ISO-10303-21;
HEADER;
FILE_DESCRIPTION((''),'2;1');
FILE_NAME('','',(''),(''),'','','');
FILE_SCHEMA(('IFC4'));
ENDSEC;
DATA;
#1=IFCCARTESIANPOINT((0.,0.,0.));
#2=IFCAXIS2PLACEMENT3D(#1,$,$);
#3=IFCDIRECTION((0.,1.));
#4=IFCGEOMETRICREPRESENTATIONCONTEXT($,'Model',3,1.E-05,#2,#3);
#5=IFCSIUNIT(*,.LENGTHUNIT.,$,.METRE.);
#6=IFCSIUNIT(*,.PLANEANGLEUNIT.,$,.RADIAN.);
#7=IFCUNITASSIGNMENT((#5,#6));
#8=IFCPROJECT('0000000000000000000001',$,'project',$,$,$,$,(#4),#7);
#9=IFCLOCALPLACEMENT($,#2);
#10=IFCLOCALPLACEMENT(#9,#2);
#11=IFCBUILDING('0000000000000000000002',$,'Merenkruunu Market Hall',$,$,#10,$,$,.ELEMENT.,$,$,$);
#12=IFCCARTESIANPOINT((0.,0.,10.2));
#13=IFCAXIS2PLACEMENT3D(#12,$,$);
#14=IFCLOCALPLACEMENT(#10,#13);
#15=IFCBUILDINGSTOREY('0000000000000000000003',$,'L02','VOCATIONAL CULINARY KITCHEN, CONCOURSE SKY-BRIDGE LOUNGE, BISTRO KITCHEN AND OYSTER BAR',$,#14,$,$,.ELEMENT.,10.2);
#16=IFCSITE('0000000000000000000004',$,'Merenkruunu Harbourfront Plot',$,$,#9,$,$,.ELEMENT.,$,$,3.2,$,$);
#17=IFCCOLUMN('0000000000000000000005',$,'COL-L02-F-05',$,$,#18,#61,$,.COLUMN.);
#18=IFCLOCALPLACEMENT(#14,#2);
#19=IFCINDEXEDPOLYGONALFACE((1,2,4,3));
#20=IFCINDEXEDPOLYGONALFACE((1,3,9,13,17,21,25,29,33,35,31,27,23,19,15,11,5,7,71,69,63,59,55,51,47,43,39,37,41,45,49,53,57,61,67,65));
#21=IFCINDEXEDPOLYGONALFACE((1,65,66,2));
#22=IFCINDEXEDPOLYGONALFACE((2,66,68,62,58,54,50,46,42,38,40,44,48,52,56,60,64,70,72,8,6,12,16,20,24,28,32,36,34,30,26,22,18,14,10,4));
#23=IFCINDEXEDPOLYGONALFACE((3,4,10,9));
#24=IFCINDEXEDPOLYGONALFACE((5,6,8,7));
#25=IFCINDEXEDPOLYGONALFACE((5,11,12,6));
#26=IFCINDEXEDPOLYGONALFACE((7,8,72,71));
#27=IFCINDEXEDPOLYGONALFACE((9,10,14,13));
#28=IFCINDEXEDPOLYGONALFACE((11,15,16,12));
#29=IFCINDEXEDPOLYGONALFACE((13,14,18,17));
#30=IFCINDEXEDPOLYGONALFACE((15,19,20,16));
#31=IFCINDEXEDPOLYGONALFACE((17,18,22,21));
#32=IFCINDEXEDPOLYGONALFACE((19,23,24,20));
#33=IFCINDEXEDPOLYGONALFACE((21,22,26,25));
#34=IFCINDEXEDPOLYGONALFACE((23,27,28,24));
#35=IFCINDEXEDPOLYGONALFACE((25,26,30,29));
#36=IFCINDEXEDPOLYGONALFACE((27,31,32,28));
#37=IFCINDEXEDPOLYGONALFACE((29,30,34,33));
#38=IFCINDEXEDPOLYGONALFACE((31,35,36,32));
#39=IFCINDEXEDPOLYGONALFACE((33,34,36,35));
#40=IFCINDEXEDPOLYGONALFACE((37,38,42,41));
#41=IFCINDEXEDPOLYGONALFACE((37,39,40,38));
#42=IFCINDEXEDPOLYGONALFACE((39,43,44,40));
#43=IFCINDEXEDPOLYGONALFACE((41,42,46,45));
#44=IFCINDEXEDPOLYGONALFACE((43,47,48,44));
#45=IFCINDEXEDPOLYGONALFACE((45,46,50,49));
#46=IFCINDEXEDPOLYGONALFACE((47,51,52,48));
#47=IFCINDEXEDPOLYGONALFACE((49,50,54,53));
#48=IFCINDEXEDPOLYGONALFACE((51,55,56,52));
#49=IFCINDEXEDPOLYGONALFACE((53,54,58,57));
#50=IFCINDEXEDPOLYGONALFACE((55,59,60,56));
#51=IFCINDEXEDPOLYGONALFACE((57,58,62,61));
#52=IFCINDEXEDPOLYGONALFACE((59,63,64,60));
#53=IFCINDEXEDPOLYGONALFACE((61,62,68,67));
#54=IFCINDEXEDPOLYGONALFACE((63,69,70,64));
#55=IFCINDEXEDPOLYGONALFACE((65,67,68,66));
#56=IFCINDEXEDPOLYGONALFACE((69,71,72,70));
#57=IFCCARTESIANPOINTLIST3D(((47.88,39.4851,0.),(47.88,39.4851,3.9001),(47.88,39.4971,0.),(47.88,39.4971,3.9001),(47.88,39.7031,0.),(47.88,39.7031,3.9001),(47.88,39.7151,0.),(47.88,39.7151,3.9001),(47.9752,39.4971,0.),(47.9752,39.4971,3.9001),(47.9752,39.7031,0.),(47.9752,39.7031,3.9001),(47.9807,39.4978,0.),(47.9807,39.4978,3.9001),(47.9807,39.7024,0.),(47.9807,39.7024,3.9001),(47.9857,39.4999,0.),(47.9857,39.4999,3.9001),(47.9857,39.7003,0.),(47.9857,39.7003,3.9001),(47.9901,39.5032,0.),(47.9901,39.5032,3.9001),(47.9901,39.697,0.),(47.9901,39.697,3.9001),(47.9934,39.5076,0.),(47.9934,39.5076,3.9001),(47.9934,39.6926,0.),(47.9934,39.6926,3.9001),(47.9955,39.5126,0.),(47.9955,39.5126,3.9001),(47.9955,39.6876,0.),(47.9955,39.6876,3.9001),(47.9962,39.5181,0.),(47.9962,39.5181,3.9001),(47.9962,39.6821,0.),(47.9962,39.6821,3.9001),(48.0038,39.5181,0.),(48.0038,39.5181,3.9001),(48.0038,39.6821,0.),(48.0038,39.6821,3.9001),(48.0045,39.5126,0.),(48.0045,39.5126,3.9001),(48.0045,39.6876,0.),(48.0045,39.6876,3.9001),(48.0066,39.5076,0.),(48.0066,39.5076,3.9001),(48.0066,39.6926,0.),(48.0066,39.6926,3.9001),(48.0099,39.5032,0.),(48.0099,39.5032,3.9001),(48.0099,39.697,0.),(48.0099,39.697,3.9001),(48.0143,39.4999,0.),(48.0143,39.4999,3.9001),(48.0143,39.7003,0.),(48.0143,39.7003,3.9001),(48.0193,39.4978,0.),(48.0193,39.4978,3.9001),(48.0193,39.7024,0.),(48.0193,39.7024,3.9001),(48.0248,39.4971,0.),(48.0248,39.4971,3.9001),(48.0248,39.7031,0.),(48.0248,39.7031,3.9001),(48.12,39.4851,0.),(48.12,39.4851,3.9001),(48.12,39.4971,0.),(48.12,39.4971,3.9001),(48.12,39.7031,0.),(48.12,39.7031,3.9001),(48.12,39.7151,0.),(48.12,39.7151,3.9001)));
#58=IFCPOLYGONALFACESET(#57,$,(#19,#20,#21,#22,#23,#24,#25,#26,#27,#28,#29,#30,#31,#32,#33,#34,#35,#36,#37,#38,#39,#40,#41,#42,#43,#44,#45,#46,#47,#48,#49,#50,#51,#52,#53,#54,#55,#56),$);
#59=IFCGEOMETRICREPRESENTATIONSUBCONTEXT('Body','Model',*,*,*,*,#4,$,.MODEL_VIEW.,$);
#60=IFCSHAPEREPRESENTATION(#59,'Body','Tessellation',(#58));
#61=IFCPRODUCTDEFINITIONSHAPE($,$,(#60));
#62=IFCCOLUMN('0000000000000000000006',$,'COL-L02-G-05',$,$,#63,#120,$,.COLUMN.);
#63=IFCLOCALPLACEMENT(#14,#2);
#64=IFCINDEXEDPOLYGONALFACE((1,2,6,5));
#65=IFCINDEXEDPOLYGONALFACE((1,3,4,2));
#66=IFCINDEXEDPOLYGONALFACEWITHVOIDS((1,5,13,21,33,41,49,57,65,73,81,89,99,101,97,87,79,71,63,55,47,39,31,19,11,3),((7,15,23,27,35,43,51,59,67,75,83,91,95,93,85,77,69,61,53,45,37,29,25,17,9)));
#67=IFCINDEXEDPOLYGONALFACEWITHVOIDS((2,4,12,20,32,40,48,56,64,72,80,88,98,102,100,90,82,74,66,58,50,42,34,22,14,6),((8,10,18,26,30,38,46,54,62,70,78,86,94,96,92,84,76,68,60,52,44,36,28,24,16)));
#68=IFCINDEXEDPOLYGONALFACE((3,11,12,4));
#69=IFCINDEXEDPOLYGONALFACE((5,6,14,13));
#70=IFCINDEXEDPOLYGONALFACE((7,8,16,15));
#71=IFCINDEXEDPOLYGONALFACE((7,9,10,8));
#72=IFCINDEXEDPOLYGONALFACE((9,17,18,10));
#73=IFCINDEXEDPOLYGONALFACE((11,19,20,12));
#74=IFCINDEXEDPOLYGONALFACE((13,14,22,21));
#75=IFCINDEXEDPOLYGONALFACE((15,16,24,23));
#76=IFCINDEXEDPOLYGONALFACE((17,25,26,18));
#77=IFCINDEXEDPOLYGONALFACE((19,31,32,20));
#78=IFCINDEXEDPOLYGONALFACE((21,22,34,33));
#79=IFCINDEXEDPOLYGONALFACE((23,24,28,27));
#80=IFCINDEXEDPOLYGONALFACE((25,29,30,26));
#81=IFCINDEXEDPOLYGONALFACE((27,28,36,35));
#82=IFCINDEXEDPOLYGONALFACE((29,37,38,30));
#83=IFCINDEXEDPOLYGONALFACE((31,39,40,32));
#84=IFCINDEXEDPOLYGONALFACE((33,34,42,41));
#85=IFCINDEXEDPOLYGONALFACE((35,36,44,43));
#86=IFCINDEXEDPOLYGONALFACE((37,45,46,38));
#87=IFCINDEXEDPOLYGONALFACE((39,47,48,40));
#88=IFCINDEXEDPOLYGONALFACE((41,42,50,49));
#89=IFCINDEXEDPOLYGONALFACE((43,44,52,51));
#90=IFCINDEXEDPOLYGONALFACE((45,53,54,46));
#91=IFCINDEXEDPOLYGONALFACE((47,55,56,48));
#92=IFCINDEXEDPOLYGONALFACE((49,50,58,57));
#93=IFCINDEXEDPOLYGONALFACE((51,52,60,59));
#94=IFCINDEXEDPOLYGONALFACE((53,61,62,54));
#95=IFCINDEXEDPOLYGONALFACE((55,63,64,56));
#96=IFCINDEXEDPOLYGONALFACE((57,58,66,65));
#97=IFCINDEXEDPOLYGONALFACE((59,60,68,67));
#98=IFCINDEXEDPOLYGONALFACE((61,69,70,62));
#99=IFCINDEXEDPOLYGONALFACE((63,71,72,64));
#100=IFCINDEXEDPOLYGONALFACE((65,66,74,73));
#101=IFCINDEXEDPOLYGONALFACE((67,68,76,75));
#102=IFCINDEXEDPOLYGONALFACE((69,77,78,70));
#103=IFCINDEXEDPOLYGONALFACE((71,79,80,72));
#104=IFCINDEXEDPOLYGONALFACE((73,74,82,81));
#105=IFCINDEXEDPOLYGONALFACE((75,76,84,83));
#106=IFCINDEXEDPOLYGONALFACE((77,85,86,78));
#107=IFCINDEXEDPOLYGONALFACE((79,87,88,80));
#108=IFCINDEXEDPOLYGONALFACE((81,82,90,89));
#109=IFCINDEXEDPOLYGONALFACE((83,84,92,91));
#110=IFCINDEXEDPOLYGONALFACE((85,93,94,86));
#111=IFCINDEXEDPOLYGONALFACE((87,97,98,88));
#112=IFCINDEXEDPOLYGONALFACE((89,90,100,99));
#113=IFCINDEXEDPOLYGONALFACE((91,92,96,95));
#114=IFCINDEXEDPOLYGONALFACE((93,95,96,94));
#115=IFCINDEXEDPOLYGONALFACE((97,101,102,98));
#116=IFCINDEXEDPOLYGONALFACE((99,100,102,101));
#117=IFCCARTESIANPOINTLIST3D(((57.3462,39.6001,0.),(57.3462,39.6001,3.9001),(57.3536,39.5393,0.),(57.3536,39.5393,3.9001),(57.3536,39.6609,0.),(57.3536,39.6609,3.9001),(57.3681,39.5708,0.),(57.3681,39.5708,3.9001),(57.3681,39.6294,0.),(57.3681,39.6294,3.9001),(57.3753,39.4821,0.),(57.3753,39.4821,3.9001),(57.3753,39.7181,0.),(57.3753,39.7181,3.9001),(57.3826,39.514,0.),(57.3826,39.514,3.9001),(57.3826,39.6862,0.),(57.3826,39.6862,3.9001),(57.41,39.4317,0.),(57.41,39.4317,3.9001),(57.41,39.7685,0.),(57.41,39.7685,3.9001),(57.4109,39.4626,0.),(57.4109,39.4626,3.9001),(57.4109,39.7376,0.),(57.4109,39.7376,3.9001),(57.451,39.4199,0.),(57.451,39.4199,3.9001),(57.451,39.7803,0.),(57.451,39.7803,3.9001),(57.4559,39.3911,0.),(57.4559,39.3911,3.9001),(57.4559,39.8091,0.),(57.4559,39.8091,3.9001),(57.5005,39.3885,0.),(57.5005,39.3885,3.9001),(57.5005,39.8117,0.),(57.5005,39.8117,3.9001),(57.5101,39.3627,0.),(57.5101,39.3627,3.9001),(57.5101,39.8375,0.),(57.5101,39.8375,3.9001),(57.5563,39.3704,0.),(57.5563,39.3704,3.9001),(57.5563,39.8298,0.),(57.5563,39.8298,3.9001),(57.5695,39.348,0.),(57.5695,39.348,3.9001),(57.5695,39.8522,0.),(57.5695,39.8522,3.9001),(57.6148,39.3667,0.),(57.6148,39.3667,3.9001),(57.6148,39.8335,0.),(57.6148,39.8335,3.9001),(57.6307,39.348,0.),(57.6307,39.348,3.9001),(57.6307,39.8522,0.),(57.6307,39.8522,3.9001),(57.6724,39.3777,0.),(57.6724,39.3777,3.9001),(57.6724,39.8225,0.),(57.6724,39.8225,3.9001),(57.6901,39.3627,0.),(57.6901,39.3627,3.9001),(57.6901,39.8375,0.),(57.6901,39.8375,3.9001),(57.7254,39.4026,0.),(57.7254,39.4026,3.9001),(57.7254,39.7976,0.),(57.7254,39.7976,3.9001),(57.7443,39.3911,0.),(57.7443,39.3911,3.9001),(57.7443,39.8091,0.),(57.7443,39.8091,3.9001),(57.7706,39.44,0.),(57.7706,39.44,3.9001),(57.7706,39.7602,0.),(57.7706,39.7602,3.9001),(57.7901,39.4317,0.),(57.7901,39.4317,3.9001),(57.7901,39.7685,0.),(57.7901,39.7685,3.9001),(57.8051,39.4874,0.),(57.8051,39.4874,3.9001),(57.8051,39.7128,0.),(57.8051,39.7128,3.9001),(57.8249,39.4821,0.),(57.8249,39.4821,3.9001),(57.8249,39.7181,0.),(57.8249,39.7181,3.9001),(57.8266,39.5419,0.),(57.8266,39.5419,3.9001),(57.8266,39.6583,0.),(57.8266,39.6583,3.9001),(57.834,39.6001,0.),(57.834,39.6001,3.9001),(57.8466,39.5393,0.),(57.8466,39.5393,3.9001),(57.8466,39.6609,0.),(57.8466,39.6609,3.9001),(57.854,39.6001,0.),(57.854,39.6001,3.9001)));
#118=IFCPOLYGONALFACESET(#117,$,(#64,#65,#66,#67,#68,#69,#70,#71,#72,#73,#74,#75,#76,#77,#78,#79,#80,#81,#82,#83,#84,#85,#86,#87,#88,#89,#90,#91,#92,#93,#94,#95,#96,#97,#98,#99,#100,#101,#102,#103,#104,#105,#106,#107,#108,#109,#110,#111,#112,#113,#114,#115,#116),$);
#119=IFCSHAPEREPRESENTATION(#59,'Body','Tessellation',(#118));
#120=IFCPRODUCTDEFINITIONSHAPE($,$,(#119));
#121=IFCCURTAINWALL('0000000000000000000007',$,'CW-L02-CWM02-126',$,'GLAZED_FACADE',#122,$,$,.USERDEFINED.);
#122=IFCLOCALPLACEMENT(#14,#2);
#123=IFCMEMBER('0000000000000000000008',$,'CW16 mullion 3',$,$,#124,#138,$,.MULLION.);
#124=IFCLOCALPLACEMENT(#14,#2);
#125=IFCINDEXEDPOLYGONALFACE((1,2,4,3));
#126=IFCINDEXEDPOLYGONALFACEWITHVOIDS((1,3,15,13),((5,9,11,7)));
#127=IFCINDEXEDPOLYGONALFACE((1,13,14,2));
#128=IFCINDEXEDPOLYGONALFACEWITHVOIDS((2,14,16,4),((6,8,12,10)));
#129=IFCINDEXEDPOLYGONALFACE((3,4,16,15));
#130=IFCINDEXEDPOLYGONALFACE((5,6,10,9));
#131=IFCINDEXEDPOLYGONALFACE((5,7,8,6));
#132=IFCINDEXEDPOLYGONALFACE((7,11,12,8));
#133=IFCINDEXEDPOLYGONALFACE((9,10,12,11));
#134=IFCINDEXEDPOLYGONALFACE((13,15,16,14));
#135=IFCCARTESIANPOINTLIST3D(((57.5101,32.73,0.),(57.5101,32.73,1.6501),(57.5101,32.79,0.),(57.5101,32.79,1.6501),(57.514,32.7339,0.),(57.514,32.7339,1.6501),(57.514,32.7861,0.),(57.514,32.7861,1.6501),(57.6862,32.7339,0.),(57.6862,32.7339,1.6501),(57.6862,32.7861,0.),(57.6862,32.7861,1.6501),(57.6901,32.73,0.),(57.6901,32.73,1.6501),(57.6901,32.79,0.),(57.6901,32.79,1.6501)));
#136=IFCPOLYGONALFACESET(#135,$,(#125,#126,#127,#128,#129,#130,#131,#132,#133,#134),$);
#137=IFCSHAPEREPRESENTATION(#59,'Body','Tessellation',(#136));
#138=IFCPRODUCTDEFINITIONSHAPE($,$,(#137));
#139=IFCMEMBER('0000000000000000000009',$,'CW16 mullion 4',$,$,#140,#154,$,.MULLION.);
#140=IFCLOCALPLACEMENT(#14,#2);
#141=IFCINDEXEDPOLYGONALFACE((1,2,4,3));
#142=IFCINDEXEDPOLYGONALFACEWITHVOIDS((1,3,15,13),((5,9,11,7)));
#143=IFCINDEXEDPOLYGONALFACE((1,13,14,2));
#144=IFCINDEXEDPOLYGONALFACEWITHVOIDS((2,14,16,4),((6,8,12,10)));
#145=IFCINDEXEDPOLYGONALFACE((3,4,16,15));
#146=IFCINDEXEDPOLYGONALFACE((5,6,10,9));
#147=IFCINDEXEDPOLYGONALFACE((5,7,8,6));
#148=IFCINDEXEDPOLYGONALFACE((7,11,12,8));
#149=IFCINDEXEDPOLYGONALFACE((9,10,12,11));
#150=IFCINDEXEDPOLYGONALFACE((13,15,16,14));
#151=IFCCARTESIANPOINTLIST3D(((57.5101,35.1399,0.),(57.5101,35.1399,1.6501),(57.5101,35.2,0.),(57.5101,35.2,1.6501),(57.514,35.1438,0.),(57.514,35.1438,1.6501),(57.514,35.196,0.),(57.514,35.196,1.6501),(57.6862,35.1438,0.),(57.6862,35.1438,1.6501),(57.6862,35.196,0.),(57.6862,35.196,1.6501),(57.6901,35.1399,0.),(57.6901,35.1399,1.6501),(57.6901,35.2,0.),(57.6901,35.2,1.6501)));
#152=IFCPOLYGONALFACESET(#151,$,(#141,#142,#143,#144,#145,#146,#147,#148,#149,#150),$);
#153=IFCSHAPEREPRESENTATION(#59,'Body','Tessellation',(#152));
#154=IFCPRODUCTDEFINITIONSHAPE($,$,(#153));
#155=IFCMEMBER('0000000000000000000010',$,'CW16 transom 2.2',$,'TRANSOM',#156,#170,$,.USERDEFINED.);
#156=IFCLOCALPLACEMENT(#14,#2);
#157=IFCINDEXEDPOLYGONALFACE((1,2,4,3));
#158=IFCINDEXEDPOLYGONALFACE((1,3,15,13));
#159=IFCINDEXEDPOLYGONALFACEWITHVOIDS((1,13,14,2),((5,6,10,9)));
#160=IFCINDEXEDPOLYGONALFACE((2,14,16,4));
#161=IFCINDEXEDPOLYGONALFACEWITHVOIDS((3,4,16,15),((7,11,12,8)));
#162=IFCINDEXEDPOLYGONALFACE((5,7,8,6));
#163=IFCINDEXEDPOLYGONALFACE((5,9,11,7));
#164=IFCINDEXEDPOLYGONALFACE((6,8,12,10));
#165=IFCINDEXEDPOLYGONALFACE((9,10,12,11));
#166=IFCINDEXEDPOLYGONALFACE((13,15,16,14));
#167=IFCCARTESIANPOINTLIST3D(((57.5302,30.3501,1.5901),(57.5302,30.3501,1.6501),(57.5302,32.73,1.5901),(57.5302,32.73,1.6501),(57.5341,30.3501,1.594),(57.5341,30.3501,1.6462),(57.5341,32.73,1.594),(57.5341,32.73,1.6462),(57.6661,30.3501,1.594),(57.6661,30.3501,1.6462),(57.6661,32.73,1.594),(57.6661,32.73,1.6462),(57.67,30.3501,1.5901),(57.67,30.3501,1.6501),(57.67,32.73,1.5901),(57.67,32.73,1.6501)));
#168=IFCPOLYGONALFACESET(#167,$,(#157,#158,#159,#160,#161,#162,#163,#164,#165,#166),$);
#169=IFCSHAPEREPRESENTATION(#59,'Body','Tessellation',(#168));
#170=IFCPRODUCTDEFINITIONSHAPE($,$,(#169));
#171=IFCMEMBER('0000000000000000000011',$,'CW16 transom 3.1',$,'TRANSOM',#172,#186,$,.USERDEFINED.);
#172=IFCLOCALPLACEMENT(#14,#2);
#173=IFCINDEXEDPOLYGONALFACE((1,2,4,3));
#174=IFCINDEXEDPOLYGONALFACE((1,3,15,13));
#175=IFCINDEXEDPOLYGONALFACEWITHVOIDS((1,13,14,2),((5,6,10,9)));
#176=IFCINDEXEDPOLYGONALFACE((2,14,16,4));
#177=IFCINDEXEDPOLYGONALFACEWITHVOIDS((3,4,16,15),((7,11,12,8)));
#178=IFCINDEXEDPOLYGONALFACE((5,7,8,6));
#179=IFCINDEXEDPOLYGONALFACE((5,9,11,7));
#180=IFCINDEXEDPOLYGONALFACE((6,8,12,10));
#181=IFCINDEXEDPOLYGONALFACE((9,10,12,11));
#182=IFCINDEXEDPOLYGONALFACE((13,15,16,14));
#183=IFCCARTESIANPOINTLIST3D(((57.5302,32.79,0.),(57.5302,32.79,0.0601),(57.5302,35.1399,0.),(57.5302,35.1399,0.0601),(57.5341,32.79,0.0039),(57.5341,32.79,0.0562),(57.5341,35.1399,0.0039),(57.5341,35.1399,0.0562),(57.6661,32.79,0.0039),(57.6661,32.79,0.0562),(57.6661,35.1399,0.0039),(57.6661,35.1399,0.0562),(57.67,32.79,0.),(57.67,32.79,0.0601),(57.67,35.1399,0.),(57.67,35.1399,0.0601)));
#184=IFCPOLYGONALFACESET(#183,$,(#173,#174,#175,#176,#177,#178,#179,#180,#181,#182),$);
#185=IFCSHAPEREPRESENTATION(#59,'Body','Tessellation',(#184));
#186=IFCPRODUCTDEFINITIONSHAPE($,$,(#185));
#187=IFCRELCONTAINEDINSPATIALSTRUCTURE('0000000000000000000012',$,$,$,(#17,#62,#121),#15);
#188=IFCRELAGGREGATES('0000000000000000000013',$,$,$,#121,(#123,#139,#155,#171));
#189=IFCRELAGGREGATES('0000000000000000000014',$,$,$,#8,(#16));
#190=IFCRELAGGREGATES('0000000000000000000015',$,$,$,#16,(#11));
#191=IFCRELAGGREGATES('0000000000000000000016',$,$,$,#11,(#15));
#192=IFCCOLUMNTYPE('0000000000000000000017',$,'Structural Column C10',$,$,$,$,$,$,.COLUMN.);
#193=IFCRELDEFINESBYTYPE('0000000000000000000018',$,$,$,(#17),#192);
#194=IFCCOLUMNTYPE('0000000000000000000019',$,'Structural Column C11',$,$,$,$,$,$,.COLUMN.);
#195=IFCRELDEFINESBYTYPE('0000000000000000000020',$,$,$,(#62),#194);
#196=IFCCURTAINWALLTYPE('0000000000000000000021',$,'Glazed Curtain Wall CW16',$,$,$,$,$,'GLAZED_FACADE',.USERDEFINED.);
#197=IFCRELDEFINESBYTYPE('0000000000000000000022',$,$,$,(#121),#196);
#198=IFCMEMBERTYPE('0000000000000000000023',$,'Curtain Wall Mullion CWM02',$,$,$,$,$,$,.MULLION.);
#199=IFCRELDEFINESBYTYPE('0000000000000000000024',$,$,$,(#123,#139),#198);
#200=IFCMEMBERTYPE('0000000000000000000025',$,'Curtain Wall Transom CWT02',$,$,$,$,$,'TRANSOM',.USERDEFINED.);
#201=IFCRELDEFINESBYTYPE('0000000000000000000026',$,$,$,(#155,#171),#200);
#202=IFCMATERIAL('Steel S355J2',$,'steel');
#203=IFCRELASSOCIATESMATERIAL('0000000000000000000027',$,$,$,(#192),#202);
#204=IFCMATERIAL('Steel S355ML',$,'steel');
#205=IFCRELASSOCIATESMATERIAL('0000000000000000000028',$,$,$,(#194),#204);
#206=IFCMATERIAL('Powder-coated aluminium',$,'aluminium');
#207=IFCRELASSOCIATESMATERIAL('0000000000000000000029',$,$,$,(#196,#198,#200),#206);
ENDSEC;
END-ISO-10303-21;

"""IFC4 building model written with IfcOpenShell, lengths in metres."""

from ifc_helpers import new_model, si_unit, direction, frame, origin, origin_2d, place, context, subcontext, project, spatial, hollow_rectangle, hollow_circle, i_section, extrude, material, material_profile, profile_set, type_object, element, aggregate, save


model = new_model("IFC4")

# Units and contexts
model_context = context("Model", 3, precision=1e-05, world=origin(), true_north=direction((0.0, 1.0)))
body_context = subcontext(model_context, "Body", "Model", "MODEL_VIEW")
ifc_project = project(units=[si_unit("LENGTHUNIT", "METRE"), si_unit("PLANEANGLEUNIT", "RADIAN")], contexts=[model_context])

# Site, building, storey
site_placement = place(None, origin())
site = spatial("IfcSite", under=ifc_project, at=site_placement, Name="Merenkruunu Harbourfront Plot", CompositionType="ELEMENT", RefElevation=3.2)
building_placement = place(site_placement, origin())
building = spatial("IfcBuilding", under=site, at=building_placement, Name="Merenkruunu Market Hall", CompositionType="ELEMENT")
storey_placement = place(building_placement, frame((0.0, 0.0, 10.2)))
storey = spatial("IfcBuildingStorey", under=building, at=storey_placement, Name="L02", Description="VOCATIONAL CULINARY KITCHEN, CONCOURSE SKY-BRIDGE LOUNGE, BISTRO KITCHEN AND OYSTER BAR", CompositionType="ELEMENT", Elevation=10.2)

# Columns
ifc_material_1 = material(Name="Steel S355J2", Category="steel")
ifc_material_profile_1 = material_profile(ifc_material_1, i_section(OverallWidth=0.24, OverallDepth=0.23, WebThickness=0.0076, FlangeThickness=0.012, FilletRadius=0.021, at=origin_2d()), Name="HEA 240")
ifc_profile_set_1 = profile_set([ifc_material_profile_1], Name="Steel S355J2")
column_type_1 = type_object("IfcColumnType", Name="Structural Column C10", PredefinedType="COLUMN", material=ifc_profile_set_1)
column_1_placement = place(storey_placement, frame((48.0, 39.6001, 0.0), z_axis=(0.0, 0.0, 1.0), x_axis=(1.0, 0.0, 0.0)))
element("IfcColumn", 1, at=column_1_placement, inside=storey, type_object=column_type_1, Name="COL-L02-F-05", PredefinedType="COLUMN", context=body_context, shape_type="SweptSolid", body=[
    extrude(i_section(OverallWidth=0.24, OverallDepth=0.23, WebThickness=0.0076, FlangeThickness=0.012, FilletRadius=0.021, at=origin_2d()), origin(), (0.0, 0.0, 1.0), 3.9001),
])
ifc_material_2 = material(Name="Steel S355ML", Category="steel")
ifc_material_profile_2 = material_profile(ifc_material_2, hollow_circle(Radius=0.2539, WallThickness=0.02, at=origin_2d()), Name="CHS 508x20")
ifc_profile_set_2 = profile_set([ifc_material_profile_2], Name="Steel S355ML")
column_type_2 = type_object("IfcColumnType", Name="Structural Column C11", PredefinedType="COLUMN", material=ifc_profile_set_2)
column_2_placement = place(storey_placement, frame((57.6001, 39.6001, 0.0), z_axis=(0.0, 0.0, 1.0), x_axis=(1.0, 0.0, 0.0)))
element("IfcColumn", 2, at=column_2_placement, inside=storey, type_object=column_type_2, Name="COL-L02-G-05", PredefinedType="COLUMN", context=body_context, shape_type="SweptSolid", body=[
    extrude(hollow_circle(Radius=0.2539, WallThickness=0.02, at=origin_2d()), origin(), (0.0, 0.0, 1.0), 3.9001),
])

# Curtain wall, members
ifc_material_3 = material(Name="Powder-coated aluminium", Category="aluminium")
curtain_wall_type = type_object("IfcCurtainWallType", Name="Glazed Curtain Wall CW16", ElementType="GLAZED_FACADE", PredefinedType="USERDEFINED", material=ifc_material_3)
curtain_wall_placement = place(storey_placement, origin())
curtain_wall = element("IfcCurtainWall", 3, at=curtain_wall_placement, inside=storey, type_object=curtain_wall_type, Name="CW-L02-CWM02-126", ObjectType="GLAZED_FACADE", PredefinedType="USERDEFINED")
ifc_material_profile_3 = material_profile(ifc_material_3, hollow_rectangle(XDim=0.0601, YDim=0.1799, WallThickness=0.0039, at=origin_2d()), Name="ALU 60x180x4")
ifc_profile_set_3 = profile_set([ifc_material_profile_3], Name="Powder-coated aluminium")
member_type_1 = type_object("IfcMemberType", Name="Curtain Wall Mullion CWM02", PredefinedType="MULLION", material=ifc_profile_set_3)
member_1_placement = place(storey_placement, frame((57.6001, 32.76, 0.0), z_axis=(0.0, 0.0, 1.0), x_axis=(0.0, 1.0, 0.0)))
member_1 = element("IfcMember", 4, at=member_1_placement, type_object=member_type_1, Name="CW16 mullion 3", PredefinedType="MULLION", context=body_context, shape_type="SweptSolid", body=[
    extrude(hollow_rectangle(XDim=0.0601, YDim=0.1799, WallThickness=0.0039, at=origin_2d()), origin(), (0.0, 0.0, 1.0), 1.6501),
])
member_2_placement = place(storey_placement, frame((57.6001, 35.1699, 0.0), z_axis=(0.0, 0.0, 1.0), x_axis=(0.0, 1.0, 0.0)))
member_2 = element("IfcMember", 5, at=member_2_placement, type_object=member_type_1, Name="CW16 mullion 4", PredefinedType="MULLION", context=body_context, shape_type="SweptSolid", body=[
    extrude(hollow_rectangle(XDim=0.0601, YDim=0.1799, WallThickness=0.0039, at=origin_2d()), origin(), (0.0, 0.0, 1.0), 1.6501),
])
ifc_material_profile_4 = material_profile(ifc_material_3, hollow_rectangle(XDim=0.0601, YDim=0.1399, WallThickness=0.0039, at=origin_2d()), Name="ALU 60x140x4")
ifc_profile_set_4 = profile_set([ifc_material_profile_4], Name="Powder-coated aluminium")
member_type_2 = type_object("IfcMemberType", Name="Curtain Wall Transom CWT02", ElementType="TRANSOM", PredefinedType="USERDEFINED", material=ifc_profile_set_4)
member_3_placement = place(storey_placement, frame((57.6001, 30.3501, 1.6201), z_axis=(0.0, 1.0, 0.0), x_axis=(0.0, 0.0, 1.0)))
member_3 = element("IfcMember", 6, at=member_3_placement, type_object=member_type_2, Name="CW16 transom 2.2", ObjectType="TRANSOM", PredefinedType="USERDEFINED", context=body_context, shape_type="SweptSolid", body=[
    extrude(hollow_rectangle(XDim=0.0601, YDim=0.1399, WallThickness=0.0039, at=origin_2d()), origin(), (0.0, 0.0, 1.0), 2.3799),
])
member_4_placement = place(storey_placement, frame((57.6001, 32.79, 0.03), z_axis=(0.0, 1.0, 0.0), x_axis=(0.0, 0.0, 1.0)))
member_4 = element("IfcMember", 7, at=member_4_placement, type_object=member_type_2, Name="CW16 transom 3.1", ObjectType="TRANSOM", PredefinedType="USERDEFINED", context=body_context, shape_type="SweptSolid", body=[
    extrude(hollow_rectangle(XDim=0.0601, YDim=0.1399, WallThickness=0.0039, at=origin_2d()), origin(), (0.0, 0.0, 1.0), 2.3499),
])

aggregate(curtain_wall, [member_1, member_2, member_3, member_4])

save(model, "model.ifc")
